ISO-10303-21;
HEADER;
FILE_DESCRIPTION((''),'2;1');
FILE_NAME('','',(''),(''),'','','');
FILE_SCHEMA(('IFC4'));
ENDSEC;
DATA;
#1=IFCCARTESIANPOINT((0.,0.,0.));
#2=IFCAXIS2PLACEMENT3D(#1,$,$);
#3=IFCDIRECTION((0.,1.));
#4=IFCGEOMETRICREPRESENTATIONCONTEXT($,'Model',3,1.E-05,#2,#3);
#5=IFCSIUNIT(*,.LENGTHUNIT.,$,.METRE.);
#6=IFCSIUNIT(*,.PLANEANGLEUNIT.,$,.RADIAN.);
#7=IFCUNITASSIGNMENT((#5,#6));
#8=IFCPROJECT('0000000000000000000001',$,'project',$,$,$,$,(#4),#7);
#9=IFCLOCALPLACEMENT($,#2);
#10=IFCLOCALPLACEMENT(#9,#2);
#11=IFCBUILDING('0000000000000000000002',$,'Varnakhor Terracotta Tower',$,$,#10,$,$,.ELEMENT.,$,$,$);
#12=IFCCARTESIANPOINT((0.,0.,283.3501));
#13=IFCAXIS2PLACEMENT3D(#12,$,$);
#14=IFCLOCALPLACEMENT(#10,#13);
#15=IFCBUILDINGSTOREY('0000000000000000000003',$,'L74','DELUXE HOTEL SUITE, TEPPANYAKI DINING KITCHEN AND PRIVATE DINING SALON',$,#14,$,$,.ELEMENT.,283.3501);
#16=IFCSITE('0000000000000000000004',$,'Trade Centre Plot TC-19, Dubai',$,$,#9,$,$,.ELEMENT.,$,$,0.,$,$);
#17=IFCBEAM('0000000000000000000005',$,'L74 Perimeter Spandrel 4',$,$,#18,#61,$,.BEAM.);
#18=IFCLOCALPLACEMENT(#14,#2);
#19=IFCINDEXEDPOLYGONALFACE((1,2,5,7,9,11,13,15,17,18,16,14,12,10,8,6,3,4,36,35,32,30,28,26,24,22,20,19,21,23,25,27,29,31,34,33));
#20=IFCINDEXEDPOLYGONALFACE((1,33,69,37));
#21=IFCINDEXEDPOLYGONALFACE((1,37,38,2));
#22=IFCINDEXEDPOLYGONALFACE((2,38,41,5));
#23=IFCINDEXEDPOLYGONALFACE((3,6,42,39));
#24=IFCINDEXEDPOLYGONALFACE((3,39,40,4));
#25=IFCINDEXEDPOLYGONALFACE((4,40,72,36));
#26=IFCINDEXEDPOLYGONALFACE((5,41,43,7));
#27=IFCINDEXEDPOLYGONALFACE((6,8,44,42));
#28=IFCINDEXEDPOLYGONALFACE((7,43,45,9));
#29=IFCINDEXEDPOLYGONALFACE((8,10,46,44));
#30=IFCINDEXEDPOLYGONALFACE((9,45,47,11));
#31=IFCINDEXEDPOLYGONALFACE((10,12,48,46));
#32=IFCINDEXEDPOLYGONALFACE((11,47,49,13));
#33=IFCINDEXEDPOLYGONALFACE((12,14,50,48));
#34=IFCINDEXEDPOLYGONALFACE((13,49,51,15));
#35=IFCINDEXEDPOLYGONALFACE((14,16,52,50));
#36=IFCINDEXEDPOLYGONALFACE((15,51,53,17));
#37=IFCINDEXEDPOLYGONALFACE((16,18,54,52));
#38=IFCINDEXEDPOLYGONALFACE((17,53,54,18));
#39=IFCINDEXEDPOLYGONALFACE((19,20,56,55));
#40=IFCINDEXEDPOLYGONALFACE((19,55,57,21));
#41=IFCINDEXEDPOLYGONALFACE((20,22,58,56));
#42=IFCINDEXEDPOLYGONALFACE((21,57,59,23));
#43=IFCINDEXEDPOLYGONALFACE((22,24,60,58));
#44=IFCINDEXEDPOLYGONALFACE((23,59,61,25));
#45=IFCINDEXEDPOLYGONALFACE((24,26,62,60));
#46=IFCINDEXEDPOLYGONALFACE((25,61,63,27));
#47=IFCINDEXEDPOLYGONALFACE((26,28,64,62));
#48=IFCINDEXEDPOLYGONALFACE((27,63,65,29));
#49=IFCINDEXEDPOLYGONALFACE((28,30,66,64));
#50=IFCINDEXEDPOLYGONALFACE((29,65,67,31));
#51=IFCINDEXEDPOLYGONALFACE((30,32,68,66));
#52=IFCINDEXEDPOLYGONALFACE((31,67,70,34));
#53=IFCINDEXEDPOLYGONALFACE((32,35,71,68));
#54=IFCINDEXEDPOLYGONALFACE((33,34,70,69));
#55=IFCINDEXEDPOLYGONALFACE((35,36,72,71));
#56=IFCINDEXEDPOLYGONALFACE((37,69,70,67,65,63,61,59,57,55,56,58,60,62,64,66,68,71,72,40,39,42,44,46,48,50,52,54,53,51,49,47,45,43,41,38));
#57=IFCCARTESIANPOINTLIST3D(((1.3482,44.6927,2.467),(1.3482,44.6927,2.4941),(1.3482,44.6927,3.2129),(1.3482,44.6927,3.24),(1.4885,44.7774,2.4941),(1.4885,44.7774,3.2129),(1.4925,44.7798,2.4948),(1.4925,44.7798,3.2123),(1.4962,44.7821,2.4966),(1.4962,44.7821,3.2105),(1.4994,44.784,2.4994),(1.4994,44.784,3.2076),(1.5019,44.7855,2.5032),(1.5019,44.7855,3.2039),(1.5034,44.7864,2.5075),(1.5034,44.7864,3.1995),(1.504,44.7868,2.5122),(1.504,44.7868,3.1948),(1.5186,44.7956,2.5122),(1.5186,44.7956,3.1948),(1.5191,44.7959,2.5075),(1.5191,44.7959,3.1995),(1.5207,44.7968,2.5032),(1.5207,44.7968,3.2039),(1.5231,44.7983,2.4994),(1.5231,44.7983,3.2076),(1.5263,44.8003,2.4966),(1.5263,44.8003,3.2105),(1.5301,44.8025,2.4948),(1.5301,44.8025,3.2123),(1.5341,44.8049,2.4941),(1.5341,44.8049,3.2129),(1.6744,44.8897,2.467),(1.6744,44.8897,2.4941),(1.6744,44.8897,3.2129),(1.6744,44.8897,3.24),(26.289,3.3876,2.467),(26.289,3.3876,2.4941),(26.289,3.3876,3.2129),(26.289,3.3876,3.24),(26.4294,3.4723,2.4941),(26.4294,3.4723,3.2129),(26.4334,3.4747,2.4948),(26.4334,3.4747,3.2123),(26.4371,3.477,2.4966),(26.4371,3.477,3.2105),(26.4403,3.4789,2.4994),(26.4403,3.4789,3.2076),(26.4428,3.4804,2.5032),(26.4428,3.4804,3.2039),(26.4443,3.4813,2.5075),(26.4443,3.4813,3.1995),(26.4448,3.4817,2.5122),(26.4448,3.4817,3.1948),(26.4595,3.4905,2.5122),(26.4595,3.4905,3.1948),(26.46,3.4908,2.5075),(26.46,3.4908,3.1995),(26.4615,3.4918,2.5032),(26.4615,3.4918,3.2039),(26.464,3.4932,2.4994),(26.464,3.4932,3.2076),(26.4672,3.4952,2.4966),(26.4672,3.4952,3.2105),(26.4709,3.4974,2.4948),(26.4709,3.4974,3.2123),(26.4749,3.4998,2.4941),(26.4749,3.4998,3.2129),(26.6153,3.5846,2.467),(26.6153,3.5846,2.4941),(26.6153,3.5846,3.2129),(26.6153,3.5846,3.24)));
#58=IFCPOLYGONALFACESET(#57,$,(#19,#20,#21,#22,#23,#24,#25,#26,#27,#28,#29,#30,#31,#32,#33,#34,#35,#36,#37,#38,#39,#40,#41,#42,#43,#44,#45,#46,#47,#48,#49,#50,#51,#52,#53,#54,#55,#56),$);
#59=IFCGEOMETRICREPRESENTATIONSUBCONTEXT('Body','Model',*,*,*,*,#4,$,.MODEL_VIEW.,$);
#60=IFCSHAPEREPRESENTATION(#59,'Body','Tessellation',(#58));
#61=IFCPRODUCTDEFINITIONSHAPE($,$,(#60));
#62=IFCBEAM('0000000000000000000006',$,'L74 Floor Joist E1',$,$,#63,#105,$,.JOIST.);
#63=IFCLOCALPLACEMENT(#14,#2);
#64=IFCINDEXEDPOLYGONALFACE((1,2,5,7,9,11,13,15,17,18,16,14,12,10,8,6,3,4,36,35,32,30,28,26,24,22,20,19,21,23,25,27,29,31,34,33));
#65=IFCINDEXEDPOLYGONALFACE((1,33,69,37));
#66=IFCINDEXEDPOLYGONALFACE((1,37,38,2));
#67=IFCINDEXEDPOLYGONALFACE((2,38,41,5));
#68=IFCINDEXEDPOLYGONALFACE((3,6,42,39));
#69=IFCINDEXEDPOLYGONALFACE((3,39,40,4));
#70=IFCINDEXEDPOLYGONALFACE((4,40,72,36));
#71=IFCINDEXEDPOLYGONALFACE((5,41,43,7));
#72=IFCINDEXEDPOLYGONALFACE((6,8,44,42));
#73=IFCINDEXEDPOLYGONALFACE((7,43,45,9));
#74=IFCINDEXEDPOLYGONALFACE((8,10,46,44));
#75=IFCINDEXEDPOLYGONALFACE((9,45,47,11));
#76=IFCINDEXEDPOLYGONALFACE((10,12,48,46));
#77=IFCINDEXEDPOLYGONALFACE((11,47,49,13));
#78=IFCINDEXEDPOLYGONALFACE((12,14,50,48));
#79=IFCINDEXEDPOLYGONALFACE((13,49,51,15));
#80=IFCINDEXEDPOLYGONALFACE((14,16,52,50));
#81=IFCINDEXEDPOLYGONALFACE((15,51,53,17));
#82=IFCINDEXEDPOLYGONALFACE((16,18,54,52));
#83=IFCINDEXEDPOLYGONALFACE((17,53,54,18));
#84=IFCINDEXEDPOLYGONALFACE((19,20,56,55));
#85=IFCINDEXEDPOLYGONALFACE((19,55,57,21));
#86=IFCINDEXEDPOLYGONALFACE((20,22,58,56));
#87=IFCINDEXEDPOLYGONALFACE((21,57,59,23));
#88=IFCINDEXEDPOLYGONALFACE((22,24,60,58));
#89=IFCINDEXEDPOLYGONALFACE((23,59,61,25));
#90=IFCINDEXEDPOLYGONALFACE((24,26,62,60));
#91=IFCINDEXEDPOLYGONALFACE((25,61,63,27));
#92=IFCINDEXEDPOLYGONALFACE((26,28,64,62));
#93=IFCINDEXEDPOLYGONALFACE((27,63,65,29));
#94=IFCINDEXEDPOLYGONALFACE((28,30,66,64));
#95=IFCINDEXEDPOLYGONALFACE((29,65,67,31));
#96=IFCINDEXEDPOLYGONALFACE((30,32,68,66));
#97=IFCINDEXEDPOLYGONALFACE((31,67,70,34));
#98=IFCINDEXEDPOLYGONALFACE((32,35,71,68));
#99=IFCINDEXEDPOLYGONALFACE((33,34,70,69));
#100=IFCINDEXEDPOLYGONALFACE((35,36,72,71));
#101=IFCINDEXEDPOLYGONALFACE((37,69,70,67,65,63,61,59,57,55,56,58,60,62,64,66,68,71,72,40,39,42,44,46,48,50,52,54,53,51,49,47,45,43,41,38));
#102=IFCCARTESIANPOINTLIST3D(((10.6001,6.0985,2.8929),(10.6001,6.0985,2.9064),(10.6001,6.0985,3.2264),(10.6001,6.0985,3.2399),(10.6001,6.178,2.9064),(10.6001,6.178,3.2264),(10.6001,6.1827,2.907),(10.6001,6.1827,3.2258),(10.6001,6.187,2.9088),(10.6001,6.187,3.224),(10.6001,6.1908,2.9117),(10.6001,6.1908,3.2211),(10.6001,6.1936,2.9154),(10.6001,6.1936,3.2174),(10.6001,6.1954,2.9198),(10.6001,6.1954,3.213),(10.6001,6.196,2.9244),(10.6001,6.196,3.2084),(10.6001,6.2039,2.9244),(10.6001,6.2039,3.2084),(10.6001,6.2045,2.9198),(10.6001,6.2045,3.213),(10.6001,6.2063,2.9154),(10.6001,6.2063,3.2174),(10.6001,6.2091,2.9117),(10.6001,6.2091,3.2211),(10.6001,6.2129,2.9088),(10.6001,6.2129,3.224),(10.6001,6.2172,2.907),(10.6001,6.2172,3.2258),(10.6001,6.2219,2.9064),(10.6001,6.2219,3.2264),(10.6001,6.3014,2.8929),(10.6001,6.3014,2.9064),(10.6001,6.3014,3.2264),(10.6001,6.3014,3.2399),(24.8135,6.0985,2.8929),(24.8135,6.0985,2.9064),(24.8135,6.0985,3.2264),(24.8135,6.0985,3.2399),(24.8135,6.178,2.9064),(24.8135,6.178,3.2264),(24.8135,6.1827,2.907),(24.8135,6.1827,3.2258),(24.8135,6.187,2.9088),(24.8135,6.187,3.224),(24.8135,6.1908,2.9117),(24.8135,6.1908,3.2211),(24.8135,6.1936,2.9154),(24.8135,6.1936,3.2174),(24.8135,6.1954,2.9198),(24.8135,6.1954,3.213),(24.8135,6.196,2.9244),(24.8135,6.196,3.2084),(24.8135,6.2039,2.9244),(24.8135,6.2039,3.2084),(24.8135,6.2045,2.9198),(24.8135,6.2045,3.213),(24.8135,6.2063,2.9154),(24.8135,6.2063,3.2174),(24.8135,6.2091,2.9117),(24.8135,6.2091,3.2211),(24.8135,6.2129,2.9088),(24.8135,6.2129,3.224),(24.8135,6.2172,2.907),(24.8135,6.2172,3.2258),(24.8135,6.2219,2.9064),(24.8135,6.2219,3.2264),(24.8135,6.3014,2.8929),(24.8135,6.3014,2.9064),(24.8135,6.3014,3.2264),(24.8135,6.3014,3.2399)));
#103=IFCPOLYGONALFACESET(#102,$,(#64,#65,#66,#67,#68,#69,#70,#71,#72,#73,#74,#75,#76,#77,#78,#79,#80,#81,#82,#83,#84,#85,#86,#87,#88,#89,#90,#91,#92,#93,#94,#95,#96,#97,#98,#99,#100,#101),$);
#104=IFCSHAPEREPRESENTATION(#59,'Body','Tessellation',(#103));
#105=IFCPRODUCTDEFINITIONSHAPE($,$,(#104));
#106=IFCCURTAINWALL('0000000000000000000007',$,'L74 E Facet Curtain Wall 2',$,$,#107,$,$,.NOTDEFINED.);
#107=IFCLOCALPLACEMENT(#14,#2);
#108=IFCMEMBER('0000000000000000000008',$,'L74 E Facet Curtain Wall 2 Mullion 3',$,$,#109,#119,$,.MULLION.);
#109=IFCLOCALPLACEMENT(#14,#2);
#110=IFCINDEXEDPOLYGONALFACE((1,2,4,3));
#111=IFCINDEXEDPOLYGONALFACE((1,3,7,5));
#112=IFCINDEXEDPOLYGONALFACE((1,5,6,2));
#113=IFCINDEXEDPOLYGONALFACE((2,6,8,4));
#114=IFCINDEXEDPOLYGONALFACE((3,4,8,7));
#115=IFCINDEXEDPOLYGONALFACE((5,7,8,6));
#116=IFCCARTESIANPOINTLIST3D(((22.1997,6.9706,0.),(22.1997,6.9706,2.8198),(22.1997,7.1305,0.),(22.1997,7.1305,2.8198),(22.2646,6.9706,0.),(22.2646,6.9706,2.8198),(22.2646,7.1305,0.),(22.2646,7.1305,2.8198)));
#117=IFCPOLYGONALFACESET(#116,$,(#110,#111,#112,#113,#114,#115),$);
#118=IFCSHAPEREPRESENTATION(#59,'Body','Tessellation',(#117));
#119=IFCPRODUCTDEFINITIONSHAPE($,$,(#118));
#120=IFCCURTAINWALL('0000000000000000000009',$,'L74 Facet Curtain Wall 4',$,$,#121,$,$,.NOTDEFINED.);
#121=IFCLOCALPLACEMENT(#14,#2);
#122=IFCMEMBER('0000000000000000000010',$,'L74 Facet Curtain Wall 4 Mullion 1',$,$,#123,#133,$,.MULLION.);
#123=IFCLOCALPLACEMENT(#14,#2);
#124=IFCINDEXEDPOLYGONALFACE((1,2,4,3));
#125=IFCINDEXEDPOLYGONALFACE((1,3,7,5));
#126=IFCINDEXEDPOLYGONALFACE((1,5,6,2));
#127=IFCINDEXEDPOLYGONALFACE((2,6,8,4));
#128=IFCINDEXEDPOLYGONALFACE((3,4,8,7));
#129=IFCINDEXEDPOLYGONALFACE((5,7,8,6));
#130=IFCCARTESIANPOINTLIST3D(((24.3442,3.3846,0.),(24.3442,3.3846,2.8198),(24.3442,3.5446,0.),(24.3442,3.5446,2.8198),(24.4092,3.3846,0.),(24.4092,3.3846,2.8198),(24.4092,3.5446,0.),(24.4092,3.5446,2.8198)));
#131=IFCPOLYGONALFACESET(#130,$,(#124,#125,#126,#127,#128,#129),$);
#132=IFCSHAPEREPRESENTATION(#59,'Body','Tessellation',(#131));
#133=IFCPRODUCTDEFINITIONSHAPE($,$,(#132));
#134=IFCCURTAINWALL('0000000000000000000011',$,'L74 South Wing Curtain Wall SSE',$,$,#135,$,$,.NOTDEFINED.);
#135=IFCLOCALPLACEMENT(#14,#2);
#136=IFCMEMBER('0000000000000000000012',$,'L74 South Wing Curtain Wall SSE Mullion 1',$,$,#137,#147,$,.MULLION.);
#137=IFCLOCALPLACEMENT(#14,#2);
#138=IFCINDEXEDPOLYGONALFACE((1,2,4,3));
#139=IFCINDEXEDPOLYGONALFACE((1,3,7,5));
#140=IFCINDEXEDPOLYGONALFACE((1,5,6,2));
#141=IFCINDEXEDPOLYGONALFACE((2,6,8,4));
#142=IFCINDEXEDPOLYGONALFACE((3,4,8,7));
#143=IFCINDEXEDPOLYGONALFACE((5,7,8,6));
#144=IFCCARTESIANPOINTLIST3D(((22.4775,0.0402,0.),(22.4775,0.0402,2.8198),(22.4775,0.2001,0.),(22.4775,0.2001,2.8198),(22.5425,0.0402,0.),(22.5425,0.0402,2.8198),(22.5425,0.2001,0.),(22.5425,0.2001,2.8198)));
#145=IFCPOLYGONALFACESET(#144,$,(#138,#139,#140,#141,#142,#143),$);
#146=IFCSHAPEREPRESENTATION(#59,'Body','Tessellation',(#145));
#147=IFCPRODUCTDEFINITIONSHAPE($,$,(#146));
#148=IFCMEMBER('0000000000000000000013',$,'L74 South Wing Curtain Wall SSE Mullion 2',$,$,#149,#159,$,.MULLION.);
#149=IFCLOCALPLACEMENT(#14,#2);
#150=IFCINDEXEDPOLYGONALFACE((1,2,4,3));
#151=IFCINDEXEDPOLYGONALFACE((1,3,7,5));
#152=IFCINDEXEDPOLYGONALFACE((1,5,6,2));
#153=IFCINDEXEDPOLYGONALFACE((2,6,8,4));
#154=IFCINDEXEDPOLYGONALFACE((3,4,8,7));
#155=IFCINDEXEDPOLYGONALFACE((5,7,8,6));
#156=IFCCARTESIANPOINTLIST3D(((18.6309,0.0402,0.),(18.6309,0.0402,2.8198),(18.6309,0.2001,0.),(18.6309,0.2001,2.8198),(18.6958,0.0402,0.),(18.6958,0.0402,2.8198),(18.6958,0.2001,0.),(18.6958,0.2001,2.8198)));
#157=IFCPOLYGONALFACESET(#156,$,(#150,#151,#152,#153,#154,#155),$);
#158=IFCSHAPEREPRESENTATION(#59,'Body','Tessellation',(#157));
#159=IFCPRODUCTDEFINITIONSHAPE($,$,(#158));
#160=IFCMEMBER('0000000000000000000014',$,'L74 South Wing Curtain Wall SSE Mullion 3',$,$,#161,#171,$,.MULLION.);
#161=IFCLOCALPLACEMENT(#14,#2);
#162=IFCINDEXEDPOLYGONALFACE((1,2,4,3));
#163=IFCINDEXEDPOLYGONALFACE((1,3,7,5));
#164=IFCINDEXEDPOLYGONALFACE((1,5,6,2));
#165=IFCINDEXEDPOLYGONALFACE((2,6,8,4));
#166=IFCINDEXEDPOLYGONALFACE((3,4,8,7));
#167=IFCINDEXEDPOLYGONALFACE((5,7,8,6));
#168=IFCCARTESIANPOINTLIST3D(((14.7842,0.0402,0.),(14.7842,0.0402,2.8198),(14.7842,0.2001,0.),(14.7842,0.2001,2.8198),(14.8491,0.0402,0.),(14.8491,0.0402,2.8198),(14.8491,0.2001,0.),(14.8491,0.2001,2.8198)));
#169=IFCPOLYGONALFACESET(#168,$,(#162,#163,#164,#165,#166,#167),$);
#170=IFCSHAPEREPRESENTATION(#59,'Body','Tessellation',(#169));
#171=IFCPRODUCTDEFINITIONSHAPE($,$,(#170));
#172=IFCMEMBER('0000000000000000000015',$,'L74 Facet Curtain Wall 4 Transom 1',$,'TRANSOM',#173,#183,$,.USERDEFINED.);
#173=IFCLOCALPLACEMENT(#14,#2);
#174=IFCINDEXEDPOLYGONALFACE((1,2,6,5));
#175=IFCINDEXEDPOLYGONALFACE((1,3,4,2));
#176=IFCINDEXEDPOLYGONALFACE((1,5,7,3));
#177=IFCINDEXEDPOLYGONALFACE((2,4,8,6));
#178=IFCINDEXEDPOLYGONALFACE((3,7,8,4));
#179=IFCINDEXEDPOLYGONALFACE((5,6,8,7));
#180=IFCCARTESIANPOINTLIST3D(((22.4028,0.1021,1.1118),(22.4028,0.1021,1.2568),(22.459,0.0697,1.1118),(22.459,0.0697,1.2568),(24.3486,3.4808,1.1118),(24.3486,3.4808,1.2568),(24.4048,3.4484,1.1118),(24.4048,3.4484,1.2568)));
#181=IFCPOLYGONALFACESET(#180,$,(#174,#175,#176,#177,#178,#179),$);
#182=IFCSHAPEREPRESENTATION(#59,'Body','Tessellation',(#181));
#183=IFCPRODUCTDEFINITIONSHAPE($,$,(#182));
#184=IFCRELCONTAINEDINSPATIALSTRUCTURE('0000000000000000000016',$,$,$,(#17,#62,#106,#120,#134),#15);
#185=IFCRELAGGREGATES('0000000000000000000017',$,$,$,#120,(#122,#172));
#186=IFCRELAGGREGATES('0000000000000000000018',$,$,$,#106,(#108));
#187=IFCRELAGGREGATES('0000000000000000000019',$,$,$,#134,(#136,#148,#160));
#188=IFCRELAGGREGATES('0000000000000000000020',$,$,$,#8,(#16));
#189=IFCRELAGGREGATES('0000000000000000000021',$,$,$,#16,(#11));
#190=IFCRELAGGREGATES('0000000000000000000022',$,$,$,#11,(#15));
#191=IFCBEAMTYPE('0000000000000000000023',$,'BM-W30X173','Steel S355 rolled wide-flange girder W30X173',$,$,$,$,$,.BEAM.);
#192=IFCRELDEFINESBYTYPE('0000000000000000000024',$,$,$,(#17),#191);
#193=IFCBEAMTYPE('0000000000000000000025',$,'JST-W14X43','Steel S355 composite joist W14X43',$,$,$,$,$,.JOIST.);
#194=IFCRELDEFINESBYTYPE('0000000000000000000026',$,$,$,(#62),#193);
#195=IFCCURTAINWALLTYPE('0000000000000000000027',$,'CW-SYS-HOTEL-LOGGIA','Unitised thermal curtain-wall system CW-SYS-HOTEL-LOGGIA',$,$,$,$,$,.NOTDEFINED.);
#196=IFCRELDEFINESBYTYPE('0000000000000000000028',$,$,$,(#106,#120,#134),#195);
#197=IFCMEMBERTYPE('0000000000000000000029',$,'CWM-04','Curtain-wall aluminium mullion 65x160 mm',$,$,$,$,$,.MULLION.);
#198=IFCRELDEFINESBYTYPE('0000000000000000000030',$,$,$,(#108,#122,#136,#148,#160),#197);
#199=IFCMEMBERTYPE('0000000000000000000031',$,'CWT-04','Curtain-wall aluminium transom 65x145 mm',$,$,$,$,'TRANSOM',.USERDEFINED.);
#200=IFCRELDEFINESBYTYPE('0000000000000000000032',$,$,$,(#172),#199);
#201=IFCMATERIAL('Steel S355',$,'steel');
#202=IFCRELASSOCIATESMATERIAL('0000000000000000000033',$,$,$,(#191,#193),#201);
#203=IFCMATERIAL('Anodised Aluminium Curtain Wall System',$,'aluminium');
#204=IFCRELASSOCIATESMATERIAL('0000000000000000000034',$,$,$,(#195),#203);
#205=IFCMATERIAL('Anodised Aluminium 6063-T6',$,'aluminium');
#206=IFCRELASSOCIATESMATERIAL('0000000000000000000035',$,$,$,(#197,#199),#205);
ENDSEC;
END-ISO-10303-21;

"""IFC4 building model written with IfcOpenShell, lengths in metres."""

from ifc_helpers import new_model, si_unit, direction, frame, origin, origin_2d, place, context, subcontext, project, spatial, rectangle, i_section, extrude, source, transform, mapped, material, material_profile, profile_set, type_object, element, aggregate, save


model = new_model("IFC4")

# Units and contexts
model_context = context("Model", 3, precision=1e-05, world=origin(), true_north=direction((0.0, 1.0)))
body_context = subcontext(model_context, "Body", "Model", "MODEL_VIEW")
ifc_project = project(units=[si_unit("LENGTHUNIT", "METRE"), si_unit("PLANEANGLEUNIT", "RADIAN")], contexts=[model_context])

# Site, building, storey
site_placement = place(None, origin())
site = spatial("IfcSite", under=ifc_project, at=site_placement, Name="Trade Centre Plot TC-19, Dubai", CompositionType="ELEMENT", RefElevation=0.0)
building_placement = place(site_placement, origin())
building = spatial("IfcBuilding", under=site, at=building_placement, Name="Varnakhor Terracotta Tower", CompositionType="ELEMENT")
storey_placement = place(building_placement, frame((0.0, 0.0, 283.3501)))
storey = spatial("IfcBuildingStorey", under=building, at=storey_placement, Name="L74", Description="DELUXE HOTEL SUITE, TEPPANYAKI DINING KITCHEN AND PRIVATE DINING SALON", CompositionType="ELEMENT", Elevation=283.3501)

# Shared definitions
ifc_material_1 = material(Name="Steel S355", Category="steel")

# Beams
ifc_material_profile_1 = material_profile(ifc_material_1, i_section(OverallWidth=0.3811, OverallDepth=0.7729, WebThickness=0.0171, FlangeThickness=0.0271, FilletRadius=0.0181, at=origin_2d()), Name="W30X173")
ifc_profile_set_1 = profile_set([ifc_material_profile_1], Name="Steel S355")
beam_type_1 = type_object("IfcBeamType", Name="BM-W30X173", Description="Steel S355 rolled wide-flange girder W30X173", PredefinedType="BEAM", material=ifc_profile_set_1)
shared_shape_1 = source(origin(), body_context, "Body", "SweptSolid", [
    extrude(i_section(OverallWidth=0.3811, OverallDepth=0.7729, WebThickness=0.0171, FlangeThickness=0.0271, FilletRadius=0.0181, at=origin_2d()), origin(), (0.0, 0.0, 1.0), 48.251),
])
beam_1_placement = place(storey_placement, frame((26.4521, 3.4861, 2.8535), z_axis=(-0.516899, 0.856047, 0.0), x_axis=(-0.856047, -0.516899, 0.0)))
element("IfcBeam", 1, at=beam_1_placement, inside=storey, type_object=beam_type_1, Name="L74 Perimeter Spandrel 4", PredefinedType="BEAM", context=body_context, shape_type="MappedRepresentation", body=[
    mapped(shared_shape_1, transform((0.0, 0.0, 0.0), scale=1.0)),
])
ifc_material_profile_2 = material_profile(ifc_material_1, i_section(OverallWidth=0.2029, OverallDepth=0.3469, WebThickness=0.0078, FlangeThickness=0.0134, FilletRadius=0.0181, at=origin_2d()), Name="W14X43")
ifc_profile_set_2 = profile_set([ifc_material_profile_2], Name="Steel S355")
beam_type_2 = type_object("IfcBeamType", Name="JST-W14X43", Description="Steel S355 composite joist W14X43", PredefinedType="JOIST", material=ifc_profile_set_2)
shared_shape_2 = source(origin(), body_context, "Body", "SweptSolid", [
    extrude(i_section(OverallWidth=0.2029, OverallDepth=0.3469, WebThickness=0.0078, FlangeThickness=0.0134, FilletRadius=0.0181, at=origin_2d()), origin(), (0.0, 0.0, 1.0), 14.2134),
])
beam_2_placement = place(storey_placement, frame((10.6001, 6.2, 3.0664), z_axis=(1.0, 0.0, 0.0), x_axis=(0.0, 1.0, 0.0)))
element("IfcBeam", 2, at=beam_2_placement, inside=storey, type_object=beam_type_2, Name="L74 Floor Joist E1", PredefinedType="JOIST", context=body_context, shape_type="MappedRepresentation", body=[
    mapped(shared_shape_2, transform((0.0, 0.0, 0.0), scale=1.0)),
])

# Curtain walls, members
ifc_material_2 = material(Name="Anodised Aluminium Curtain Wall System", Category="aluminium")
curtain_wall_type = type_object("IfcCurtainWallType", Name="CW-SYS-HOTEL-LOGGIA", Description="Unitised thermal curtain-wall system CW-SYS-HOTEL-LOGGIA", PredefinedType="NOTDEFINED", material=ifc_material_2)
curtain_wall_1_placement = place(storey_placement, origin())
curtain_wall_1 = element("IfcCurtainWall", 3, at=curtain_wall_1_placement, inside=storey, type_object=curtain_wall_type, Name="L74 E Facet Curtain Wall 2", PredefinedType="NOTDEFINED")
ifc_material_3 = material(Name="Anodised Aluminium 6063-T6", Category="aluminium")
ifc_material_profile_3 = material_profile(ifc_material_3, rectangle(XDim=0.0649, YDim=0.1599, at=origin_2d()), Name="ALU MULLION 65x160")
ifc_profile_set_3 = profile_set([ifc_material_profile_3], Name="Anodised Aluminium 6063-T6")
member_type_1 = type_object("IfcMemberType", Name="CWM-04", Description="Curtain-wall aluminium mullion 65x160 mm", PredefinedType="MULLION", material=ifc_profile_set_3)
shared_shape_3 = source(origin(), body_context, "Body", "SweptSolid", [
    extrude(rectangle(XDim=0.0649, YDim=0.1599, at=origin_2d()), origin(), (0.0, 0.0, 1.0), 2.8198),
])
member_1_placement = place(storey_placement, frame((22.2322, 7.0505, 0.0), z_axis=(0.0, 0.0, 1.0), x_axis=(1.0, 0.0, 0.0)))
member_1 = element("IfcMember", 4, at=member_1_placement, type_object=member_type_1, Name="L74 E Facet Curtain Wall 2 Mullion 3", PredefinedType="MULLION", context=body_context, shape_type="MappedRepresentation", body=[
    mapped(shared_shape_3, transform((0.0, 0.0, 0.0), scale=1.0)),
])
curtain_wall_2_placement = place(storey_placement, origin())
curtain_wall_2 = element("IfcCurtainWall", 5, at=curtain_wall_2_placement, inside=storey, type_object=curtain_wall_type, Name="L74 Facet Curtain Wall 4", PredefinedType="NOTDEFINED")
member_2_placement = place(storey_placement, frame((24.3767, 3.4646, 0.0), z_axis=(0.0, 0.0, 1.0), x_axis=(1.0, 0.0, 0.0)))
member_2 = element("IfcMember", 6, at=member_2_placement, type_object=member_type_1, Name="L74 Facet Curtain Wall 4 Mullion 1", PredefinedType="MULLION", context=body_context, shape_type="MappedRepresentation", body=[
    mapped(shared_shape_3, transform((0.0, 0.0, 0.0), scale=1.0)),
])

# Curtain wall, members
curtain_wall_3_placement = place(storey_placement, origin())
curtain_wall_3 = element("IfcCurtainWall", 7, at=curtain_wall_3_placement, inside=storey, type_object=curtain_wall_type, Name="L74 South Wing Curtain Wall SSE", PredefinedType="NOTDEFINED")
member_3_placement = place(storey_placement, frame((22.51, 0.1201, 0.0), z_axis=(0.0, 0.0, 1.0), x_axis=(1.0, 0.0, 0.0)))
member_3 = element("IfcMember", 8, at=member_3_placement, type_object=member_type_1, Name="L74 South Wing Curtain Wall SSE Mullion 1", PredefinedType="MULLION", context=body_context, shape_type="MappedRepresentation", body=[
    mapped(shared_shape_3, transform((0.0, 0.0, 0.0), scale=1.0)),
])
member_4_placement = place(storey_placement, frame((18.6633, 0.1201, 0.0), z_axis=(0.0, 0.0, 1.0), x_axis=(1.0, 0.0, 0.0)))
member_4 = element("IfcMember", 9, at=member_4_placement, type_object=member_type_1, Name="L74 South Wing Curtain Wall SSE Mullion 2", PredefinedType="MULLION", context=body_context, shape_type="MappedRepresentation", body=[
    mapped(shared_shape_3, transform((0.0, 0.0, 0.0), scale=1.0)),
])
member_5_placement = place(storey_placement, frame((14.8167, 0.1201, 0.0), z_axis=(0.0, 0.0, 1.0), x_axis=(1.0, 0.0, 0.0)))
member_5 = element("IfcMember", 10, at=member_5_placement, type_object=member_type_1, Name="L74 South Wing Curtain Wall SSE Mullion 3", PredefinedType="MULLION", context=body_context, shape_type="MappedRepresentation", body=[
    mapped(shared_shape_3, transform((0.0, 0.0, 0.0), scale=1.0)),
])

# Member
ifc_material_profile_4 = material_profile(ifc_material_3, rectangle(XDim=0.0649, YDim=0.145, at=origin_2d()), Name="ALU TRANSOM 65x145")
ifc_profile_set_4 = profile_set([ifc_material_profile_4], Name="Anodised Aluminium 6063-T6")
member_type_2 = type_object("IfcMemberType", Name="CWT-04", Description="Curtain-wall aluminium transom 65x145 mm", ElementType="TRANSOM", PredefinedType="USERDEFINED", material=ifc_profile_set_4)
shared_shape_4 = source(origin(), body_context, "Body", "SweptSolid", [
    extrude(rectangle(XDim=0.0649, YDim=0.145, at=origin_2d()), origin(), (0.0, 0.0, 1.0), 3.8989),
])
member_6_placement = place(storey_placement, frame((24.3767, 3.4646, 1.1843), z_axis=(-0.499063, -0.866566, 0.0), x_axis=(0.866566, -0.499063, 0.0)))
member_6 = element("IfcMember", 11, at=member_6_placement, type_object=member_type_2, Name="L74 Facet Curtain Wall 4 Transom 1", ObjectType="TRANSOM", PredefinedType="USERDEFINED", context=body_context, shape_type="MappedRepresentation", body=[
    mapped(shared_shape_4, transform((0.0, 0.0, 0.0), scale=1.0)),
])

aggregate(curtain_wall_2, [member_2, member_6])
aggregate(curtain_wall_1, [member_1])
aggregate(curtain_wall_3, [member_3, member_4, member_5])

save(model, "model.ifc")
